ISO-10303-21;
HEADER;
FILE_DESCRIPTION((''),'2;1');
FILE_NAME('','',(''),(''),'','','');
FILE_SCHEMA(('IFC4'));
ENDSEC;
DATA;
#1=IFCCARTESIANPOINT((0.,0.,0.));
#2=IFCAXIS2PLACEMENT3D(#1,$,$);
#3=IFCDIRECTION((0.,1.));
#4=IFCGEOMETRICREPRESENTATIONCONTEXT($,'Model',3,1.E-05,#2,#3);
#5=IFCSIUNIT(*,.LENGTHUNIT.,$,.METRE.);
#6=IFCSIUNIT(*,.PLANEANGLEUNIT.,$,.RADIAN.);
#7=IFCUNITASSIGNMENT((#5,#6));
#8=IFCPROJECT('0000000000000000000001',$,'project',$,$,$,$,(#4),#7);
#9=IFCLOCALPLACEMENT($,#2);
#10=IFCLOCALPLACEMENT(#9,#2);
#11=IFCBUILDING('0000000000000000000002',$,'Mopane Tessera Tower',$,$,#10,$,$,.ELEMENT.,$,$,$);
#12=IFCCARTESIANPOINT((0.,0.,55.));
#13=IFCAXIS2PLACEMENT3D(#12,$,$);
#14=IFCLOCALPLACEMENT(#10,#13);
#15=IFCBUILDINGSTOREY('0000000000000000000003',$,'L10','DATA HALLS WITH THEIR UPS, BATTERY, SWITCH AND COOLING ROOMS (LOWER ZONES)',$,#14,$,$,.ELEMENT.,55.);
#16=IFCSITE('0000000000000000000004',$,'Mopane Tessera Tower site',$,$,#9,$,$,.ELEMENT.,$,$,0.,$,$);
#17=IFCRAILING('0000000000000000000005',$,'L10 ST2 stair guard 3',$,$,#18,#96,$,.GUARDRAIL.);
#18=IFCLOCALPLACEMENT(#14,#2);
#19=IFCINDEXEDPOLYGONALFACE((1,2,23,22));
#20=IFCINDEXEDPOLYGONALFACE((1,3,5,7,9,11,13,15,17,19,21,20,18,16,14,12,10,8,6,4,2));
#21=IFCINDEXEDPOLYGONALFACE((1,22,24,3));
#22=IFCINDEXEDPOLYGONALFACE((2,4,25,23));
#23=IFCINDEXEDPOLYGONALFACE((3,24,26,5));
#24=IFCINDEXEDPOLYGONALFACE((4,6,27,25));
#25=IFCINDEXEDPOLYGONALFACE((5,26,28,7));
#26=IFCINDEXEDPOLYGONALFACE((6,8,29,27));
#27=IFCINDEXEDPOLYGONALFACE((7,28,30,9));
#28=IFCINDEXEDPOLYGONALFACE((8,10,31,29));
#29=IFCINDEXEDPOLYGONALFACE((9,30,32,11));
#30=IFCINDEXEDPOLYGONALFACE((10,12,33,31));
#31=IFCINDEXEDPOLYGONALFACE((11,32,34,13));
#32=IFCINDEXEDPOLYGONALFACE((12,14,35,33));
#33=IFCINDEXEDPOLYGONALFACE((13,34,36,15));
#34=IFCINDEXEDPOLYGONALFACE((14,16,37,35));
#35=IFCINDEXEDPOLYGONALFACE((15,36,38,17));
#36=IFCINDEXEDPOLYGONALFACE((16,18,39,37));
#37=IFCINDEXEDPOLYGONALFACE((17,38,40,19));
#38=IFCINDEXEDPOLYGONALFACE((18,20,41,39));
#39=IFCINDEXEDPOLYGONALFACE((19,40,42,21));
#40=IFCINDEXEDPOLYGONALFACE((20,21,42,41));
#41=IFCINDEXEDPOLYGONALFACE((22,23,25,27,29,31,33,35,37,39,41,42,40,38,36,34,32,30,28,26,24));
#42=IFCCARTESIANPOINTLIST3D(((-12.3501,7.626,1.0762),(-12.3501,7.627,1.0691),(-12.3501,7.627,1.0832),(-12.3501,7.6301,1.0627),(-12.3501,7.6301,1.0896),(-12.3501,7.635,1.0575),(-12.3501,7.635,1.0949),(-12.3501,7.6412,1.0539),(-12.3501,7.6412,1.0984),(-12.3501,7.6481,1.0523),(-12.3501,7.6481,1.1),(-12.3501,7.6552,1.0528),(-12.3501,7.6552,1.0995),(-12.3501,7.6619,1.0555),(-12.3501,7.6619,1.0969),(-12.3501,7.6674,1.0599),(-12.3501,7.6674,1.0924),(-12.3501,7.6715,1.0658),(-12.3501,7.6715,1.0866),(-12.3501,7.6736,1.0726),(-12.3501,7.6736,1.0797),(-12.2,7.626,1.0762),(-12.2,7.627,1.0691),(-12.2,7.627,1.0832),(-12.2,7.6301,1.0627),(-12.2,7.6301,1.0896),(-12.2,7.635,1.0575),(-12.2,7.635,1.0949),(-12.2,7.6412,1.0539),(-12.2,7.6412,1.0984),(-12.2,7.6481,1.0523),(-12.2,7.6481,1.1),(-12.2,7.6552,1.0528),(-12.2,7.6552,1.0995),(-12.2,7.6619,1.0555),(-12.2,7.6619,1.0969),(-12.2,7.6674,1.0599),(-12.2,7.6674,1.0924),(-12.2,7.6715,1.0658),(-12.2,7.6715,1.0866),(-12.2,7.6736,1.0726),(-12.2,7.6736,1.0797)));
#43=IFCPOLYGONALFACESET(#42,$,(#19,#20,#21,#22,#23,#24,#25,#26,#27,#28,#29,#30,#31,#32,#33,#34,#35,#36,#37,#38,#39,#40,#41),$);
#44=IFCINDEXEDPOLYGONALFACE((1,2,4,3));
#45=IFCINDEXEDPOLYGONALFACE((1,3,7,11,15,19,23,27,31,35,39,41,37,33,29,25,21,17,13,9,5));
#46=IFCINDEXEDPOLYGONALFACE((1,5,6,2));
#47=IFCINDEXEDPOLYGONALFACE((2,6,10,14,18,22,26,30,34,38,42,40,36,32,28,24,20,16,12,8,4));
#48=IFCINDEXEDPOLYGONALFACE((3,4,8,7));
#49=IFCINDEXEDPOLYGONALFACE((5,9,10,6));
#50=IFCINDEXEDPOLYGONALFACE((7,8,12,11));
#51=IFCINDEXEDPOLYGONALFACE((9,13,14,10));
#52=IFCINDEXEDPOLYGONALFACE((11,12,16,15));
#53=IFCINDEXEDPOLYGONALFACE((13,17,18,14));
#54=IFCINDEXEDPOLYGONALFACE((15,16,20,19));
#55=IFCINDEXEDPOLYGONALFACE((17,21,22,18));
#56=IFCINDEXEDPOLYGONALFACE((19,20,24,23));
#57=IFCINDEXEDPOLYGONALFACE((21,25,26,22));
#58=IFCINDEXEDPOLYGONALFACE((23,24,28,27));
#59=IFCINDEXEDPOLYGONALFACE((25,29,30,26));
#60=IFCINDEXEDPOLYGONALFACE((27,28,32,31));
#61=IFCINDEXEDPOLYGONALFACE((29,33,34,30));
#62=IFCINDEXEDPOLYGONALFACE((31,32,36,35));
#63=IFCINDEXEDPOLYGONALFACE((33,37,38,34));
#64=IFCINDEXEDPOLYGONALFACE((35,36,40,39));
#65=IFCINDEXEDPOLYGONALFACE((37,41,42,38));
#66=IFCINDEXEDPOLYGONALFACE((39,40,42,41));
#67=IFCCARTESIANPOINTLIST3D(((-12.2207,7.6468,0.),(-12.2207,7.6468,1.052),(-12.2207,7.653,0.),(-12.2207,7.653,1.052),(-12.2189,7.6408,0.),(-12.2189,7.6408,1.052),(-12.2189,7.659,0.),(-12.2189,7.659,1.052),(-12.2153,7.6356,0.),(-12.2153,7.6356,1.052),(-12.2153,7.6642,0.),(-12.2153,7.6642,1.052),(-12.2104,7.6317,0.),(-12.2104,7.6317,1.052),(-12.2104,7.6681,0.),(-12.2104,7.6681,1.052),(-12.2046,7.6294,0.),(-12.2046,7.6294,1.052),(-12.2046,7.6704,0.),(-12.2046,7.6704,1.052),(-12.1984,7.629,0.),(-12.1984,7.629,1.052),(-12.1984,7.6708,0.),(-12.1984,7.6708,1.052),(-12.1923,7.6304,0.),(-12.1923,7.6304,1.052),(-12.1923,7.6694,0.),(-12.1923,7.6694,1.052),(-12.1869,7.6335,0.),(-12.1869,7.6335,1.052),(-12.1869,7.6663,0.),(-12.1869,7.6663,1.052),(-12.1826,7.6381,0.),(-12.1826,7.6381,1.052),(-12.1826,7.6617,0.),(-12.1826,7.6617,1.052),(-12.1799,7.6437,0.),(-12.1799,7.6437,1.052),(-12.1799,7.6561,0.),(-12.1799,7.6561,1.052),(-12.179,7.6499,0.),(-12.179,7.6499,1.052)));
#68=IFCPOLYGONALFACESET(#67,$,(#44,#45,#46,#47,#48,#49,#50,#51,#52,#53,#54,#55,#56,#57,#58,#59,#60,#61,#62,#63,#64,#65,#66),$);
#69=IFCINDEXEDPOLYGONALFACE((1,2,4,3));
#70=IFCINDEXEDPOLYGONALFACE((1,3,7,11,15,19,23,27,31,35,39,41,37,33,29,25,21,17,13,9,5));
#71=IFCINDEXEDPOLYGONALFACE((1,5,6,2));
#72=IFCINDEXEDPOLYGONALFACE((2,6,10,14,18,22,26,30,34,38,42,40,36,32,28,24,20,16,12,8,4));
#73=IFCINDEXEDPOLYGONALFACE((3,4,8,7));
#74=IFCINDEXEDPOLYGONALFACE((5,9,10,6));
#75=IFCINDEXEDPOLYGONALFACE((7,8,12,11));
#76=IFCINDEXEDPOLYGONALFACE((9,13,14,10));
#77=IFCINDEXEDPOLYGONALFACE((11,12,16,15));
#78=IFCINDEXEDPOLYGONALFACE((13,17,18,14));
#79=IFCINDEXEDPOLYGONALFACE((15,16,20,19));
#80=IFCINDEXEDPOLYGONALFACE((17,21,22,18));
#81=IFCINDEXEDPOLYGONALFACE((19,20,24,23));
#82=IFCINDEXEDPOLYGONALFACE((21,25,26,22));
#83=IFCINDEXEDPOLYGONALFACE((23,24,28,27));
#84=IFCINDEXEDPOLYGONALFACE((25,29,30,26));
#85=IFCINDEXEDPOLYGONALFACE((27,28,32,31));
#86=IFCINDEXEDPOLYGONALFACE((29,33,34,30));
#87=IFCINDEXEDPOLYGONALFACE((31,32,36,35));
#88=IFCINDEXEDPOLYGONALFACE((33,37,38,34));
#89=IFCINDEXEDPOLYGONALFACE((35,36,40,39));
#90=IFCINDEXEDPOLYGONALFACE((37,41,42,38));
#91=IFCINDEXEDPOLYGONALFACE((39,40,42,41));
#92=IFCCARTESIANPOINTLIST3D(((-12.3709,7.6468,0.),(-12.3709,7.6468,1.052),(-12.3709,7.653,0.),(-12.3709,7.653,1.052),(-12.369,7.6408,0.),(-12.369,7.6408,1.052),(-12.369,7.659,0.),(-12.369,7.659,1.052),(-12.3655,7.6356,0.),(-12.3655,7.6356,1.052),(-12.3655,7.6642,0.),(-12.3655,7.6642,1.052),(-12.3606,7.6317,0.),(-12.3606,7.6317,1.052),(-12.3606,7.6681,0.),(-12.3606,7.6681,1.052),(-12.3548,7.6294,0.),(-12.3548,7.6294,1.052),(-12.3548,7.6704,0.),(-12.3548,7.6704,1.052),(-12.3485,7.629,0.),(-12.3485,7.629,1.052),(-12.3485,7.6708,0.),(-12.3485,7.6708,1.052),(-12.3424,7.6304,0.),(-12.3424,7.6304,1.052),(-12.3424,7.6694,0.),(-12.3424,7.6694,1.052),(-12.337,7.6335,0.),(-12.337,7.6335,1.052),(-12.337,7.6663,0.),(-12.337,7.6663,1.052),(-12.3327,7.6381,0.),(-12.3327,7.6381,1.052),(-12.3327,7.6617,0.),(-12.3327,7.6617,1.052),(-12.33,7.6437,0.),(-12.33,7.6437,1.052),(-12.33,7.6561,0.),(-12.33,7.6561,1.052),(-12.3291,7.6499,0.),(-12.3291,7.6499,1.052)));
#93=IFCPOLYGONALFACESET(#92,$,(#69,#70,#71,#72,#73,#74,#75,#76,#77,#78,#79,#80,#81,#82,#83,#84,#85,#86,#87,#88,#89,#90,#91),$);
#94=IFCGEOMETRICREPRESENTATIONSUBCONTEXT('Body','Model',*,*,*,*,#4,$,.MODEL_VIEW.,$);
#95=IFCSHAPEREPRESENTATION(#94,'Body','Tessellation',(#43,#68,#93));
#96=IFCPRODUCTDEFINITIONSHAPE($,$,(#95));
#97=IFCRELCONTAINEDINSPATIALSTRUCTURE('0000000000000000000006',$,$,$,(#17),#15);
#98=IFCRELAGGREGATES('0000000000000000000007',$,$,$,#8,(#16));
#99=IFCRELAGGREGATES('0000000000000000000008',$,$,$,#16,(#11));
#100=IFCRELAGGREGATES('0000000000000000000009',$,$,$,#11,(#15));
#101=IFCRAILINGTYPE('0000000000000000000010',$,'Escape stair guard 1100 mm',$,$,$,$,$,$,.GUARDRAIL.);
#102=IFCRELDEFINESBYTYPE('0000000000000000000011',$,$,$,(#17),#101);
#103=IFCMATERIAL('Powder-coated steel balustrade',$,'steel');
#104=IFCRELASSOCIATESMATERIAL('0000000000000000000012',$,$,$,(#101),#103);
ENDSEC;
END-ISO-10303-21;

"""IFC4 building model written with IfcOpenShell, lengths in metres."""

from ifc_helpers import new_model, si_unit, direction, frame, origin, origin_2d, place, context, subcontext, project, spatial, circle, extrude, material, type_object, element, save


model = new_model("IFC4")

# Units and contexts
model_context = context("Model", 3, precision=1e-05, world=origin(), true_north=direction((0.0, 1.0)))
body_context = subcontext(model_context, "Body", "Model", "MODEL_VIEW")
ifc_project = project(units=[si_unit("LENGTHUNIT", "METRE"), si_unit("PLANEANGLEUNIT", "RADIAN")], contexts=[model_context])

# Site, building, storey
site_placement = place(None, origin())
site = spatial("IfcSite", under=ifc_project, at=site_placement, Name="Mopane Tessera Tower site", CompositionType="ELEMENT", RefElevation=0.0)
building_placement = place(site_placement, origin())
building = spatial("IfcBuilding", under=site, at=building_placement, Name="Mopane Tessera Tower", CompositionType="ELEMENT")
storey_placement = place(building_placement, frame((0.0, 0.0, 55.0)))
storey = spatial("IfcBuildingStorey", under=building, at=storey_placement, Name="L10", Description="DATA HALLS WITH THEIR UPS, BATTERY, SWITCH AND COOLING ROOMS (LOWER ZONES)", CompositionType="ELEMENT", Elevation=55.0)

# Railing
ifc_material_1 = material(Name="Powder-coated steel balustrade", Category="steel")
railing_type_1 = type_object("IfcRailingType", Name="Escape stair guard 1100 mm", PredefinedType="GUARDRAIL", material=ifc_material_1)
railing_1_placement = place(storey_placement, frame((-12.2, 7.6499, 0.0)))
element("IfcRailing", 1, at=railing_1_placement, inside=storey, type_object=railing_type_1, Name="L10 ST2 stair guard 3", PredefinedType="GUARDRAIL", context=body_context, shape_type="SweptSolid", body=[
    extrude(circle(Radius=0.0239, at=origin_2d()), frame((0.0, 0.0, 1.0762), z_axis=(-1.0, 0.0, 0.0), x_axis=(0.0, -1.0, 0.0)), (0.0, 0.0, 1.0), 0.1501),
    extrude(circle(Radius=0.021, at=origin_2d()), origin(), (0.0, 0.0, 1.0), 1.052),
    extrude(circle(Radius=0.021, at=origin_2d()), frame((-0.1501, 0.0, 0.0)), (0.0, 0.0, 1.0), 1.052),
])

save(model, "model.ifc")
